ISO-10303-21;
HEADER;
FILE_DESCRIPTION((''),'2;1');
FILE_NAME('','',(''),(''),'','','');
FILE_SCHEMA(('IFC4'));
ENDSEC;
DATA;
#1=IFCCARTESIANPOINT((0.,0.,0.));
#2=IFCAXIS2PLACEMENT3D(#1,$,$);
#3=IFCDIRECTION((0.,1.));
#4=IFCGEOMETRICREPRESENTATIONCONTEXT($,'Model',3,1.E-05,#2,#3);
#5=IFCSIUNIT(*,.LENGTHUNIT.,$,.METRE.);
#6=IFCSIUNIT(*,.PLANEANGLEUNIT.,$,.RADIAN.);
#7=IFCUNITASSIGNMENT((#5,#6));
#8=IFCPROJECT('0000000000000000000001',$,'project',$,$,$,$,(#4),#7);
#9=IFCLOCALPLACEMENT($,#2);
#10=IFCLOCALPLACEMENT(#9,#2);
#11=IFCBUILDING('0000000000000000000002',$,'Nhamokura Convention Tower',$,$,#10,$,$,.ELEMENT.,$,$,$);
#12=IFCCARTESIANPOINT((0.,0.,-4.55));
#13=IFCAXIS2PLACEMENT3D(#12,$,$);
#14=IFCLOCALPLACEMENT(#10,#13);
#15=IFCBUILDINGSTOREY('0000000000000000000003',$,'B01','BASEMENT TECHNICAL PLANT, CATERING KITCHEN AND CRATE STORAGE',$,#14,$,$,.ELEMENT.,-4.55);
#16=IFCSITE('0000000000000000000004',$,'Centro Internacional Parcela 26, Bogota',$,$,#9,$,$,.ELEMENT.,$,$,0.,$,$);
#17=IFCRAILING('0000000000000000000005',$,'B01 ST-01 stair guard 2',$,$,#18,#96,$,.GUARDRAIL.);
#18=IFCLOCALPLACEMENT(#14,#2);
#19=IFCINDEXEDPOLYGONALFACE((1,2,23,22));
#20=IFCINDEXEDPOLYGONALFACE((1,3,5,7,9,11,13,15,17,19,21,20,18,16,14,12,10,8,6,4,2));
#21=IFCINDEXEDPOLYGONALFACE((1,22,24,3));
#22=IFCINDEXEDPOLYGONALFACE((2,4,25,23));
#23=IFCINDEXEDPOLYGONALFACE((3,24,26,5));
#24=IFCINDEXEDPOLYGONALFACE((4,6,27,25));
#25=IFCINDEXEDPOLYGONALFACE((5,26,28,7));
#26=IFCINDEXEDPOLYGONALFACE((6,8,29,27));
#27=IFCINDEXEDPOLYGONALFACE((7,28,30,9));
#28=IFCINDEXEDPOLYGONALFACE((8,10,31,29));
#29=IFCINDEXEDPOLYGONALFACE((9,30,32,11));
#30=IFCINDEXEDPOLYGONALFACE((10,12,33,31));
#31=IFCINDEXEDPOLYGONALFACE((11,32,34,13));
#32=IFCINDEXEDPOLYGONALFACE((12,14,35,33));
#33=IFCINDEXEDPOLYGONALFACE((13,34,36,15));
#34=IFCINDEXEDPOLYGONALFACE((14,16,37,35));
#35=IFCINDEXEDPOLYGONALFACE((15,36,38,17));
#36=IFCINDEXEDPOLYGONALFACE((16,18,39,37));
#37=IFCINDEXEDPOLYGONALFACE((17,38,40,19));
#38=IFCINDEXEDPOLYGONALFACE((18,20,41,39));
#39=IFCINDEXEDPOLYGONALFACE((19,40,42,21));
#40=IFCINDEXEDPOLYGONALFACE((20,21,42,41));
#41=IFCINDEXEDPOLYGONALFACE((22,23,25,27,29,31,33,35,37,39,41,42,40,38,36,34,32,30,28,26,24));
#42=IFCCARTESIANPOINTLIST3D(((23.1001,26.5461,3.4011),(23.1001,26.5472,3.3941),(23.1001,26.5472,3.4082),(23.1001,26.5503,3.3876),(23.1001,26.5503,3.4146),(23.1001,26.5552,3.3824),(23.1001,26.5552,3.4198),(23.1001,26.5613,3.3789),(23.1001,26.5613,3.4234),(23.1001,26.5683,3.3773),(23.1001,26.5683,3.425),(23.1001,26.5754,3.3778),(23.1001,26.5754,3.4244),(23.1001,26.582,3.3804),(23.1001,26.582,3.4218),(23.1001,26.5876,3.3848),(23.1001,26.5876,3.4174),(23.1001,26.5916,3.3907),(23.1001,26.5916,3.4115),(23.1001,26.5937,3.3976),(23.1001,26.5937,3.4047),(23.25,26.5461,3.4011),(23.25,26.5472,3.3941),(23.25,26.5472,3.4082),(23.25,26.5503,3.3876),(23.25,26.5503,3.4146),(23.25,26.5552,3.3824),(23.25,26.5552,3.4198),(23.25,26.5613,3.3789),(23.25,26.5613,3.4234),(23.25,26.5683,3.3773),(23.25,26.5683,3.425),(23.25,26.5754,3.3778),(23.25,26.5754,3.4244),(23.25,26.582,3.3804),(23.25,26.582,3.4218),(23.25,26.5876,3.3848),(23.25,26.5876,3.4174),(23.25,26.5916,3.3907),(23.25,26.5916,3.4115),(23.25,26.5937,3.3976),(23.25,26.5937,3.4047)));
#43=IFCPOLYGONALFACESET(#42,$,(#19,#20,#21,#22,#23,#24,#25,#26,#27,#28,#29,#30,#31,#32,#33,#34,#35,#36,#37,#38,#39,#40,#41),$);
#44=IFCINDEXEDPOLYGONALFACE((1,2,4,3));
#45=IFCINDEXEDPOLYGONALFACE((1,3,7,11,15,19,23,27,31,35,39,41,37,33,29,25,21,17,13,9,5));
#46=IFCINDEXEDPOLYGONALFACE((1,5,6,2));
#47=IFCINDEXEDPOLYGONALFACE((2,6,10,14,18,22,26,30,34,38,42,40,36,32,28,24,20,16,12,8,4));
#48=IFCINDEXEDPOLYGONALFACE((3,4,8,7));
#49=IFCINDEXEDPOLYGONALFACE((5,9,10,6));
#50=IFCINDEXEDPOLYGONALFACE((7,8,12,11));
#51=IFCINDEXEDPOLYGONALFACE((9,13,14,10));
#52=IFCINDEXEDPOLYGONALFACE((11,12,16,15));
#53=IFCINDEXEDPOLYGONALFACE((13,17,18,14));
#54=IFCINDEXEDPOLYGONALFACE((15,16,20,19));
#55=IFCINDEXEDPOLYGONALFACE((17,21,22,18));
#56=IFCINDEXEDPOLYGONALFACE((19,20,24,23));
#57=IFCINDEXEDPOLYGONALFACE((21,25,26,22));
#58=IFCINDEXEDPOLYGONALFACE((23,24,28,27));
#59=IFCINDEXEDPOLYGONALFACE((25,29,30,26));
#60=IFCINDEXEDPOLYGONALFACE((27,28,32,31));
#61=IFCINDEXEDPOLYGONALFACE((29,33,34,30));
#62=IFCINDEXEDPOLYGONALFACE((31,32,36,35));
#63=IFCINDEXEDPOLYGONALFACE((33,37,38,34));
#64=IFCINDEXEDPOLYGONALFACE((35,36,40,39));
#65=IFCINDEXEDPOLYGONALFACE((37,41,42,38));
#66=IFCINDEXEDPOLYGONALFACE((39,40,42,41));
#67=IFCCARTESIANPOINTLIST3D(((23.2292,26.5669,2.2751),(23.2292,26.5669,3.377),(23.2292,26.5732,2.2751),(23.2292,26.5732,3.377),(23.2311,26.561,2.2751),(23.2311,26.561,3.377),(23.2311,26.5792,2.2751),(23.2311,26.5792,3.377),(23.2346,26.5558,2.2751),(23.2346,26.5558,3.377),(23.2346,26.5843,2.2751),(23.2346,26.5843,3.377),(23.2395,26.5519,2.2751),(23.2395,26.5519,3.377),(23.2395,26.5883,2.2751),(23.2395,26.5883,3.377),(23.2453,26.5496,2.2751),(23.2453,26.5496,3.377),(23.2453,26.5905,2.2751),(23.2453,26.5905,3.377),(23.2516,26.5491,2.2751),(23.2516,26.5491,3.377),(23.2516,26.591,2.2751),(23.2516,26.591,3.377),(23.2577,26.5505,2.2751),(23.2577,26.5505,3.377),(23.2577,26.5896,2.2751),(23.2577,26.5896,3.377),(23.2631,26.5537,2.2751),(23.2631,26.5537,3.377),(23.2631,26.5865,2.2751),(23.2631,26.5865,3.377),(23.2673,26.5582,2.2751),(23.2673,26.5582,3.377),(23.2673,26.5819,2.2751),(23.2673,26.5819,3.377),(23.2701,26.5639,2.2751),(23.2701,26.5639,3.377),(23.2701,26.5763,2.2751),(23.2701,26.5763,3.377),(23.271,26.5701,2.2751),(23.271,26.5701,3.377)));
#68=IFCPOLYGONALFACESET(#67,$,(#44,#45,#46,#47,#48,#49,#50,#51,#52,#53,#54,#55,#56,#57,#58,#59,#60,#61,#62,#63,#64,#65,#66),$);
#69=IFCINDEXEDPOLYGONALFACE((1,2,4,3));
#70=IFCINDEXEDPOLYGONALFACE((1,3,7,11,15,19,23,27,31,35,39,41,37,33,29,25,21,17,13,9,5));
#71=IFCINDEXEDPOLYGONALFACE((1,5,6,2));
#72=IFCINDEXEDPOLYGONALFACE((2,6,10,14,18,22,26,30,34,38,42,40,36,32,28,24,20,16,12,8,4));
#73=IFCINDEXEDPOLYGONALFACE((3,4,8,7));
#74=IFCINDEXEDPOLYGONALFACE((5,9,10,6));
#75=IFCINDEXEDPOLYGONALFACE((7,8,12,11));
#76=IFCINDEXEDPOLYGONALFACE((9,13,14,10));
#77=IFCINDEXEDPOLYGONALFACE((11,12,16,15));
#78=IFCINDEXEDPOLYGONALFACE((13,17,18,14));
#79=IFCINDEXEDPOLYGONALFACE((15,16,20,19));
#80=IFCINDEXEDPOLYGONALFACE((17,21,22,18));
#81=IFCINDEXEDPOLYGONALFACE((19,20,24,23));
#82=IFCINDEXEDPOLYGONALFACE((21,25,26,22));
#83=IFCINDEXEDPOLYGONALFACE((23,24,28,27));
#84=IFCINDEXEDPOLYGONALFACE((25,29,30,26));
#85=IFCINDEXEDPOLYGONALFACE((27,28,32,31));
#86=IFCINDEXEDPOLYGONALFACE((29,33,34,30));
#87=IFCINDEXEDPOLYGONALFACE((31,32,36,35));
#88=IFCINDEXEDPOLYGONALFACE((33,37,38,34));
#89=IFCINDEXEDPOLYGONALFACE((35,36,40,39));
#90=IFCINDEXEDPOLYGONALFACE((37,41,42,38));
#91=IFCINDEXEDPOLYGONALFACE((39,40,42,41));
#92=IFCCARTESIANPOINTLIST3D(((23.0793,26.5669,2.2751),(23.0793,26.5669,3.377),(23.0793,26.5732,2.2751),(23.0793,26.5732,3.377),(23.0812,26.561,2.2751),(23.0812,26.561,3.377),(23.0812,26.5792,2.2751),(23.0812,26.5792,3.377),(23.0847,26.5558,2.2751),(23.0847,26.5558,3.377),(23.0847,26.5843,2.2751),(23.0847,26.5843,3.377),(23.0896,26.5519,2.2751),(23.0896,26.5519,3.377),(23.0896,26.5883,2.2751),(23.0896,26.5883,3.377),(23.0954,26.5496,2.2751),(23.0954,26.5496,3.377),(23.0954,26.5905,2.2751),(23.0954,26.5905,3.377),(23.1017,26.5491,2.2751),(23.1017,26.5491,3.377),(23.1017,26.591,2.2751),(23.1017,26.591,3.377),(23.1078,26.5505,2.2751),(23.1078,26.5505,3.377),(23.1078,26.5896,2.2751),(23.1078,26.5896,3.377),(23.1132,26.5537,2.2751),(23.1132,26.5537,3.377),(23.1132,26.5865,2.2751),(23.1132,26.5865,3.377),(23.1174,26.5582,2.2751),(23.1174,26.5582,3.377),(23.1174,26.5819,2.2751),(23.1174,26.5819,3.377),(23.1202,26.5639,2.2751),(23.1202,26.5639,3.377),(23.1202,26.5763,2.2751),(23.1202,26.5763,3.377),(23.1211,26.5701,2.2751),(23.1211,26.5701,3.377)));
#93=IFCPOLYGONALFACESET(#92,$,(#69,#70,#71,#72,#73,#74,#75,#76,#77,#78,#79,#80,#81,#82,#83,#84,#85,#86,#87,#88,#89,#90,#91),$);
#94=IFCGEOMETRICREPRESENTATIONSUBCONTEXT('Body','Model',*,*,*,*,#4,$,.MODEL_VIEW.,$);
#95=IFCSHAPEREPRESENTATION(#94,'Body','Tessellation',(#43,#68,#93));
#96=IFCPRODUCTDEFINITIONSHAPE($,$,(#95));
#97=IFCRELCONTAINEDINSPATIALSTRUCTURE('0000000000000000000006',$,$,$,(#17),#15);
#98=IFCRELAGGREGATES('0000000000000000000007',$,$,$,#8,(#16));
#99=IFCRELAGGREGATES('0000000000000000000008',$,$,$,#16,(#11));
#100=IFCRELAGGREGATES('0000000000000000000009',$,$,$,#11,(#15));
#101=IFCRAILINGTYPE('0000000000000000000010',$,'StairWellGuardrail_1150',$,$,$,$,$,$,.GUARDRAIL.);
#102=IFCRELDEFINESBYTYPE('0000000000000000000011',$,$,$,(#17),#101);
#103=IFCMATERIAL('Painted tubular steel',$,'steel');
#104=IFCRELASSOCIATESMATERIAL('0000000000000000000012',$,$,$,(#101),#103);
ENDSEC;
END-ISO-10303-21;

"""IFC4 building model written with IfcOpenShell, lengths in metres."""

from ifc_helpers import new_model, si_unit, direction, frame, origin, origin_2d, place, context, subcontext, project, spatial, circle, extrude, material, type_object, element, save


model = new_model("IFC4")

# Units and contexts
model_context = context("Model", 3, precision=1e-05, world=origin(), true_north=direction((0.0, 1.0)))
body_context = subcontext(model_context, "Body", "Model", "MODEL_VIEW")
ifc_project = project(units=[si_unit("LENGTHUNIT", "METRE"), si_unit("PLANEANGLEUNIT", "RADIAN")], contexts=[model_context])

# Site, building, storey
site_placement = place(None, origin())
site = spatial("IfcSite", under=ifc_project, at=site_placement, Name="Centro Internacional Parcela 26, Bogota", CompositionType="ELEMENT", RefElevation=0.0)
building_placement = place(site_placement, origin())
building = spatial("IfcBuilding", under=site, at=building_placement, Name="Nhamokura Convention Tower", CompositionType="ELEMENT")
storey_placement = place(building_placement, frame((0.0, 0.0, -4.55)))
storey = spatial("IfcBuildingStorey", under=building, at=storey_placement, Name="B01", Description="BASEMENT TECHNICAL PLANT, CATERING KITCHEN AND CRATE STORAGE", CompositionType="ELEMENT", Elevation=-4.55)

# Railing
ifc_material_1 = material(Name="Painted tubular steel", Category="steel")
railing_type_1 = type_object("IfcRailingType", Name="StairWellGuardrail_1150", PredefinedType="GUARDRAIL", material=ifc_material_1)
railing_1_placement = place(storey_placement, frame((23.25, 26.5701, 2.2751)))
element("IfcRailing", 1, at=railing_1_placement, inside=storey, type_object=railing_type_1, Name="B01 ST-01 stair guard 2", PredefinedType="GUARDRAIL", context=body_context, shape_type="SweptSolid", body=[
    extrude(circle(Radius=0.0239, at=origin_2d()), frame((0.0, 0.0, 1.126), z_axis=(-1.0, 0.0, 0.0), x_axis=(0.0, -1.0, 0.0)), (0.0, 0.0, 1.0), 0.1499),
    extrude(circle(Radius=0.021, at=origin_2d()), origin(), (0.0, 0.0, 1.0), 1.1018),
    extrude(circle(Radius=0.021, at=origin_2d()), frame((-0.1499, 0.0, 0.0)), (0.0, 0.0, 1.0), 1.1018),
])

save(model, "model.ifc")
